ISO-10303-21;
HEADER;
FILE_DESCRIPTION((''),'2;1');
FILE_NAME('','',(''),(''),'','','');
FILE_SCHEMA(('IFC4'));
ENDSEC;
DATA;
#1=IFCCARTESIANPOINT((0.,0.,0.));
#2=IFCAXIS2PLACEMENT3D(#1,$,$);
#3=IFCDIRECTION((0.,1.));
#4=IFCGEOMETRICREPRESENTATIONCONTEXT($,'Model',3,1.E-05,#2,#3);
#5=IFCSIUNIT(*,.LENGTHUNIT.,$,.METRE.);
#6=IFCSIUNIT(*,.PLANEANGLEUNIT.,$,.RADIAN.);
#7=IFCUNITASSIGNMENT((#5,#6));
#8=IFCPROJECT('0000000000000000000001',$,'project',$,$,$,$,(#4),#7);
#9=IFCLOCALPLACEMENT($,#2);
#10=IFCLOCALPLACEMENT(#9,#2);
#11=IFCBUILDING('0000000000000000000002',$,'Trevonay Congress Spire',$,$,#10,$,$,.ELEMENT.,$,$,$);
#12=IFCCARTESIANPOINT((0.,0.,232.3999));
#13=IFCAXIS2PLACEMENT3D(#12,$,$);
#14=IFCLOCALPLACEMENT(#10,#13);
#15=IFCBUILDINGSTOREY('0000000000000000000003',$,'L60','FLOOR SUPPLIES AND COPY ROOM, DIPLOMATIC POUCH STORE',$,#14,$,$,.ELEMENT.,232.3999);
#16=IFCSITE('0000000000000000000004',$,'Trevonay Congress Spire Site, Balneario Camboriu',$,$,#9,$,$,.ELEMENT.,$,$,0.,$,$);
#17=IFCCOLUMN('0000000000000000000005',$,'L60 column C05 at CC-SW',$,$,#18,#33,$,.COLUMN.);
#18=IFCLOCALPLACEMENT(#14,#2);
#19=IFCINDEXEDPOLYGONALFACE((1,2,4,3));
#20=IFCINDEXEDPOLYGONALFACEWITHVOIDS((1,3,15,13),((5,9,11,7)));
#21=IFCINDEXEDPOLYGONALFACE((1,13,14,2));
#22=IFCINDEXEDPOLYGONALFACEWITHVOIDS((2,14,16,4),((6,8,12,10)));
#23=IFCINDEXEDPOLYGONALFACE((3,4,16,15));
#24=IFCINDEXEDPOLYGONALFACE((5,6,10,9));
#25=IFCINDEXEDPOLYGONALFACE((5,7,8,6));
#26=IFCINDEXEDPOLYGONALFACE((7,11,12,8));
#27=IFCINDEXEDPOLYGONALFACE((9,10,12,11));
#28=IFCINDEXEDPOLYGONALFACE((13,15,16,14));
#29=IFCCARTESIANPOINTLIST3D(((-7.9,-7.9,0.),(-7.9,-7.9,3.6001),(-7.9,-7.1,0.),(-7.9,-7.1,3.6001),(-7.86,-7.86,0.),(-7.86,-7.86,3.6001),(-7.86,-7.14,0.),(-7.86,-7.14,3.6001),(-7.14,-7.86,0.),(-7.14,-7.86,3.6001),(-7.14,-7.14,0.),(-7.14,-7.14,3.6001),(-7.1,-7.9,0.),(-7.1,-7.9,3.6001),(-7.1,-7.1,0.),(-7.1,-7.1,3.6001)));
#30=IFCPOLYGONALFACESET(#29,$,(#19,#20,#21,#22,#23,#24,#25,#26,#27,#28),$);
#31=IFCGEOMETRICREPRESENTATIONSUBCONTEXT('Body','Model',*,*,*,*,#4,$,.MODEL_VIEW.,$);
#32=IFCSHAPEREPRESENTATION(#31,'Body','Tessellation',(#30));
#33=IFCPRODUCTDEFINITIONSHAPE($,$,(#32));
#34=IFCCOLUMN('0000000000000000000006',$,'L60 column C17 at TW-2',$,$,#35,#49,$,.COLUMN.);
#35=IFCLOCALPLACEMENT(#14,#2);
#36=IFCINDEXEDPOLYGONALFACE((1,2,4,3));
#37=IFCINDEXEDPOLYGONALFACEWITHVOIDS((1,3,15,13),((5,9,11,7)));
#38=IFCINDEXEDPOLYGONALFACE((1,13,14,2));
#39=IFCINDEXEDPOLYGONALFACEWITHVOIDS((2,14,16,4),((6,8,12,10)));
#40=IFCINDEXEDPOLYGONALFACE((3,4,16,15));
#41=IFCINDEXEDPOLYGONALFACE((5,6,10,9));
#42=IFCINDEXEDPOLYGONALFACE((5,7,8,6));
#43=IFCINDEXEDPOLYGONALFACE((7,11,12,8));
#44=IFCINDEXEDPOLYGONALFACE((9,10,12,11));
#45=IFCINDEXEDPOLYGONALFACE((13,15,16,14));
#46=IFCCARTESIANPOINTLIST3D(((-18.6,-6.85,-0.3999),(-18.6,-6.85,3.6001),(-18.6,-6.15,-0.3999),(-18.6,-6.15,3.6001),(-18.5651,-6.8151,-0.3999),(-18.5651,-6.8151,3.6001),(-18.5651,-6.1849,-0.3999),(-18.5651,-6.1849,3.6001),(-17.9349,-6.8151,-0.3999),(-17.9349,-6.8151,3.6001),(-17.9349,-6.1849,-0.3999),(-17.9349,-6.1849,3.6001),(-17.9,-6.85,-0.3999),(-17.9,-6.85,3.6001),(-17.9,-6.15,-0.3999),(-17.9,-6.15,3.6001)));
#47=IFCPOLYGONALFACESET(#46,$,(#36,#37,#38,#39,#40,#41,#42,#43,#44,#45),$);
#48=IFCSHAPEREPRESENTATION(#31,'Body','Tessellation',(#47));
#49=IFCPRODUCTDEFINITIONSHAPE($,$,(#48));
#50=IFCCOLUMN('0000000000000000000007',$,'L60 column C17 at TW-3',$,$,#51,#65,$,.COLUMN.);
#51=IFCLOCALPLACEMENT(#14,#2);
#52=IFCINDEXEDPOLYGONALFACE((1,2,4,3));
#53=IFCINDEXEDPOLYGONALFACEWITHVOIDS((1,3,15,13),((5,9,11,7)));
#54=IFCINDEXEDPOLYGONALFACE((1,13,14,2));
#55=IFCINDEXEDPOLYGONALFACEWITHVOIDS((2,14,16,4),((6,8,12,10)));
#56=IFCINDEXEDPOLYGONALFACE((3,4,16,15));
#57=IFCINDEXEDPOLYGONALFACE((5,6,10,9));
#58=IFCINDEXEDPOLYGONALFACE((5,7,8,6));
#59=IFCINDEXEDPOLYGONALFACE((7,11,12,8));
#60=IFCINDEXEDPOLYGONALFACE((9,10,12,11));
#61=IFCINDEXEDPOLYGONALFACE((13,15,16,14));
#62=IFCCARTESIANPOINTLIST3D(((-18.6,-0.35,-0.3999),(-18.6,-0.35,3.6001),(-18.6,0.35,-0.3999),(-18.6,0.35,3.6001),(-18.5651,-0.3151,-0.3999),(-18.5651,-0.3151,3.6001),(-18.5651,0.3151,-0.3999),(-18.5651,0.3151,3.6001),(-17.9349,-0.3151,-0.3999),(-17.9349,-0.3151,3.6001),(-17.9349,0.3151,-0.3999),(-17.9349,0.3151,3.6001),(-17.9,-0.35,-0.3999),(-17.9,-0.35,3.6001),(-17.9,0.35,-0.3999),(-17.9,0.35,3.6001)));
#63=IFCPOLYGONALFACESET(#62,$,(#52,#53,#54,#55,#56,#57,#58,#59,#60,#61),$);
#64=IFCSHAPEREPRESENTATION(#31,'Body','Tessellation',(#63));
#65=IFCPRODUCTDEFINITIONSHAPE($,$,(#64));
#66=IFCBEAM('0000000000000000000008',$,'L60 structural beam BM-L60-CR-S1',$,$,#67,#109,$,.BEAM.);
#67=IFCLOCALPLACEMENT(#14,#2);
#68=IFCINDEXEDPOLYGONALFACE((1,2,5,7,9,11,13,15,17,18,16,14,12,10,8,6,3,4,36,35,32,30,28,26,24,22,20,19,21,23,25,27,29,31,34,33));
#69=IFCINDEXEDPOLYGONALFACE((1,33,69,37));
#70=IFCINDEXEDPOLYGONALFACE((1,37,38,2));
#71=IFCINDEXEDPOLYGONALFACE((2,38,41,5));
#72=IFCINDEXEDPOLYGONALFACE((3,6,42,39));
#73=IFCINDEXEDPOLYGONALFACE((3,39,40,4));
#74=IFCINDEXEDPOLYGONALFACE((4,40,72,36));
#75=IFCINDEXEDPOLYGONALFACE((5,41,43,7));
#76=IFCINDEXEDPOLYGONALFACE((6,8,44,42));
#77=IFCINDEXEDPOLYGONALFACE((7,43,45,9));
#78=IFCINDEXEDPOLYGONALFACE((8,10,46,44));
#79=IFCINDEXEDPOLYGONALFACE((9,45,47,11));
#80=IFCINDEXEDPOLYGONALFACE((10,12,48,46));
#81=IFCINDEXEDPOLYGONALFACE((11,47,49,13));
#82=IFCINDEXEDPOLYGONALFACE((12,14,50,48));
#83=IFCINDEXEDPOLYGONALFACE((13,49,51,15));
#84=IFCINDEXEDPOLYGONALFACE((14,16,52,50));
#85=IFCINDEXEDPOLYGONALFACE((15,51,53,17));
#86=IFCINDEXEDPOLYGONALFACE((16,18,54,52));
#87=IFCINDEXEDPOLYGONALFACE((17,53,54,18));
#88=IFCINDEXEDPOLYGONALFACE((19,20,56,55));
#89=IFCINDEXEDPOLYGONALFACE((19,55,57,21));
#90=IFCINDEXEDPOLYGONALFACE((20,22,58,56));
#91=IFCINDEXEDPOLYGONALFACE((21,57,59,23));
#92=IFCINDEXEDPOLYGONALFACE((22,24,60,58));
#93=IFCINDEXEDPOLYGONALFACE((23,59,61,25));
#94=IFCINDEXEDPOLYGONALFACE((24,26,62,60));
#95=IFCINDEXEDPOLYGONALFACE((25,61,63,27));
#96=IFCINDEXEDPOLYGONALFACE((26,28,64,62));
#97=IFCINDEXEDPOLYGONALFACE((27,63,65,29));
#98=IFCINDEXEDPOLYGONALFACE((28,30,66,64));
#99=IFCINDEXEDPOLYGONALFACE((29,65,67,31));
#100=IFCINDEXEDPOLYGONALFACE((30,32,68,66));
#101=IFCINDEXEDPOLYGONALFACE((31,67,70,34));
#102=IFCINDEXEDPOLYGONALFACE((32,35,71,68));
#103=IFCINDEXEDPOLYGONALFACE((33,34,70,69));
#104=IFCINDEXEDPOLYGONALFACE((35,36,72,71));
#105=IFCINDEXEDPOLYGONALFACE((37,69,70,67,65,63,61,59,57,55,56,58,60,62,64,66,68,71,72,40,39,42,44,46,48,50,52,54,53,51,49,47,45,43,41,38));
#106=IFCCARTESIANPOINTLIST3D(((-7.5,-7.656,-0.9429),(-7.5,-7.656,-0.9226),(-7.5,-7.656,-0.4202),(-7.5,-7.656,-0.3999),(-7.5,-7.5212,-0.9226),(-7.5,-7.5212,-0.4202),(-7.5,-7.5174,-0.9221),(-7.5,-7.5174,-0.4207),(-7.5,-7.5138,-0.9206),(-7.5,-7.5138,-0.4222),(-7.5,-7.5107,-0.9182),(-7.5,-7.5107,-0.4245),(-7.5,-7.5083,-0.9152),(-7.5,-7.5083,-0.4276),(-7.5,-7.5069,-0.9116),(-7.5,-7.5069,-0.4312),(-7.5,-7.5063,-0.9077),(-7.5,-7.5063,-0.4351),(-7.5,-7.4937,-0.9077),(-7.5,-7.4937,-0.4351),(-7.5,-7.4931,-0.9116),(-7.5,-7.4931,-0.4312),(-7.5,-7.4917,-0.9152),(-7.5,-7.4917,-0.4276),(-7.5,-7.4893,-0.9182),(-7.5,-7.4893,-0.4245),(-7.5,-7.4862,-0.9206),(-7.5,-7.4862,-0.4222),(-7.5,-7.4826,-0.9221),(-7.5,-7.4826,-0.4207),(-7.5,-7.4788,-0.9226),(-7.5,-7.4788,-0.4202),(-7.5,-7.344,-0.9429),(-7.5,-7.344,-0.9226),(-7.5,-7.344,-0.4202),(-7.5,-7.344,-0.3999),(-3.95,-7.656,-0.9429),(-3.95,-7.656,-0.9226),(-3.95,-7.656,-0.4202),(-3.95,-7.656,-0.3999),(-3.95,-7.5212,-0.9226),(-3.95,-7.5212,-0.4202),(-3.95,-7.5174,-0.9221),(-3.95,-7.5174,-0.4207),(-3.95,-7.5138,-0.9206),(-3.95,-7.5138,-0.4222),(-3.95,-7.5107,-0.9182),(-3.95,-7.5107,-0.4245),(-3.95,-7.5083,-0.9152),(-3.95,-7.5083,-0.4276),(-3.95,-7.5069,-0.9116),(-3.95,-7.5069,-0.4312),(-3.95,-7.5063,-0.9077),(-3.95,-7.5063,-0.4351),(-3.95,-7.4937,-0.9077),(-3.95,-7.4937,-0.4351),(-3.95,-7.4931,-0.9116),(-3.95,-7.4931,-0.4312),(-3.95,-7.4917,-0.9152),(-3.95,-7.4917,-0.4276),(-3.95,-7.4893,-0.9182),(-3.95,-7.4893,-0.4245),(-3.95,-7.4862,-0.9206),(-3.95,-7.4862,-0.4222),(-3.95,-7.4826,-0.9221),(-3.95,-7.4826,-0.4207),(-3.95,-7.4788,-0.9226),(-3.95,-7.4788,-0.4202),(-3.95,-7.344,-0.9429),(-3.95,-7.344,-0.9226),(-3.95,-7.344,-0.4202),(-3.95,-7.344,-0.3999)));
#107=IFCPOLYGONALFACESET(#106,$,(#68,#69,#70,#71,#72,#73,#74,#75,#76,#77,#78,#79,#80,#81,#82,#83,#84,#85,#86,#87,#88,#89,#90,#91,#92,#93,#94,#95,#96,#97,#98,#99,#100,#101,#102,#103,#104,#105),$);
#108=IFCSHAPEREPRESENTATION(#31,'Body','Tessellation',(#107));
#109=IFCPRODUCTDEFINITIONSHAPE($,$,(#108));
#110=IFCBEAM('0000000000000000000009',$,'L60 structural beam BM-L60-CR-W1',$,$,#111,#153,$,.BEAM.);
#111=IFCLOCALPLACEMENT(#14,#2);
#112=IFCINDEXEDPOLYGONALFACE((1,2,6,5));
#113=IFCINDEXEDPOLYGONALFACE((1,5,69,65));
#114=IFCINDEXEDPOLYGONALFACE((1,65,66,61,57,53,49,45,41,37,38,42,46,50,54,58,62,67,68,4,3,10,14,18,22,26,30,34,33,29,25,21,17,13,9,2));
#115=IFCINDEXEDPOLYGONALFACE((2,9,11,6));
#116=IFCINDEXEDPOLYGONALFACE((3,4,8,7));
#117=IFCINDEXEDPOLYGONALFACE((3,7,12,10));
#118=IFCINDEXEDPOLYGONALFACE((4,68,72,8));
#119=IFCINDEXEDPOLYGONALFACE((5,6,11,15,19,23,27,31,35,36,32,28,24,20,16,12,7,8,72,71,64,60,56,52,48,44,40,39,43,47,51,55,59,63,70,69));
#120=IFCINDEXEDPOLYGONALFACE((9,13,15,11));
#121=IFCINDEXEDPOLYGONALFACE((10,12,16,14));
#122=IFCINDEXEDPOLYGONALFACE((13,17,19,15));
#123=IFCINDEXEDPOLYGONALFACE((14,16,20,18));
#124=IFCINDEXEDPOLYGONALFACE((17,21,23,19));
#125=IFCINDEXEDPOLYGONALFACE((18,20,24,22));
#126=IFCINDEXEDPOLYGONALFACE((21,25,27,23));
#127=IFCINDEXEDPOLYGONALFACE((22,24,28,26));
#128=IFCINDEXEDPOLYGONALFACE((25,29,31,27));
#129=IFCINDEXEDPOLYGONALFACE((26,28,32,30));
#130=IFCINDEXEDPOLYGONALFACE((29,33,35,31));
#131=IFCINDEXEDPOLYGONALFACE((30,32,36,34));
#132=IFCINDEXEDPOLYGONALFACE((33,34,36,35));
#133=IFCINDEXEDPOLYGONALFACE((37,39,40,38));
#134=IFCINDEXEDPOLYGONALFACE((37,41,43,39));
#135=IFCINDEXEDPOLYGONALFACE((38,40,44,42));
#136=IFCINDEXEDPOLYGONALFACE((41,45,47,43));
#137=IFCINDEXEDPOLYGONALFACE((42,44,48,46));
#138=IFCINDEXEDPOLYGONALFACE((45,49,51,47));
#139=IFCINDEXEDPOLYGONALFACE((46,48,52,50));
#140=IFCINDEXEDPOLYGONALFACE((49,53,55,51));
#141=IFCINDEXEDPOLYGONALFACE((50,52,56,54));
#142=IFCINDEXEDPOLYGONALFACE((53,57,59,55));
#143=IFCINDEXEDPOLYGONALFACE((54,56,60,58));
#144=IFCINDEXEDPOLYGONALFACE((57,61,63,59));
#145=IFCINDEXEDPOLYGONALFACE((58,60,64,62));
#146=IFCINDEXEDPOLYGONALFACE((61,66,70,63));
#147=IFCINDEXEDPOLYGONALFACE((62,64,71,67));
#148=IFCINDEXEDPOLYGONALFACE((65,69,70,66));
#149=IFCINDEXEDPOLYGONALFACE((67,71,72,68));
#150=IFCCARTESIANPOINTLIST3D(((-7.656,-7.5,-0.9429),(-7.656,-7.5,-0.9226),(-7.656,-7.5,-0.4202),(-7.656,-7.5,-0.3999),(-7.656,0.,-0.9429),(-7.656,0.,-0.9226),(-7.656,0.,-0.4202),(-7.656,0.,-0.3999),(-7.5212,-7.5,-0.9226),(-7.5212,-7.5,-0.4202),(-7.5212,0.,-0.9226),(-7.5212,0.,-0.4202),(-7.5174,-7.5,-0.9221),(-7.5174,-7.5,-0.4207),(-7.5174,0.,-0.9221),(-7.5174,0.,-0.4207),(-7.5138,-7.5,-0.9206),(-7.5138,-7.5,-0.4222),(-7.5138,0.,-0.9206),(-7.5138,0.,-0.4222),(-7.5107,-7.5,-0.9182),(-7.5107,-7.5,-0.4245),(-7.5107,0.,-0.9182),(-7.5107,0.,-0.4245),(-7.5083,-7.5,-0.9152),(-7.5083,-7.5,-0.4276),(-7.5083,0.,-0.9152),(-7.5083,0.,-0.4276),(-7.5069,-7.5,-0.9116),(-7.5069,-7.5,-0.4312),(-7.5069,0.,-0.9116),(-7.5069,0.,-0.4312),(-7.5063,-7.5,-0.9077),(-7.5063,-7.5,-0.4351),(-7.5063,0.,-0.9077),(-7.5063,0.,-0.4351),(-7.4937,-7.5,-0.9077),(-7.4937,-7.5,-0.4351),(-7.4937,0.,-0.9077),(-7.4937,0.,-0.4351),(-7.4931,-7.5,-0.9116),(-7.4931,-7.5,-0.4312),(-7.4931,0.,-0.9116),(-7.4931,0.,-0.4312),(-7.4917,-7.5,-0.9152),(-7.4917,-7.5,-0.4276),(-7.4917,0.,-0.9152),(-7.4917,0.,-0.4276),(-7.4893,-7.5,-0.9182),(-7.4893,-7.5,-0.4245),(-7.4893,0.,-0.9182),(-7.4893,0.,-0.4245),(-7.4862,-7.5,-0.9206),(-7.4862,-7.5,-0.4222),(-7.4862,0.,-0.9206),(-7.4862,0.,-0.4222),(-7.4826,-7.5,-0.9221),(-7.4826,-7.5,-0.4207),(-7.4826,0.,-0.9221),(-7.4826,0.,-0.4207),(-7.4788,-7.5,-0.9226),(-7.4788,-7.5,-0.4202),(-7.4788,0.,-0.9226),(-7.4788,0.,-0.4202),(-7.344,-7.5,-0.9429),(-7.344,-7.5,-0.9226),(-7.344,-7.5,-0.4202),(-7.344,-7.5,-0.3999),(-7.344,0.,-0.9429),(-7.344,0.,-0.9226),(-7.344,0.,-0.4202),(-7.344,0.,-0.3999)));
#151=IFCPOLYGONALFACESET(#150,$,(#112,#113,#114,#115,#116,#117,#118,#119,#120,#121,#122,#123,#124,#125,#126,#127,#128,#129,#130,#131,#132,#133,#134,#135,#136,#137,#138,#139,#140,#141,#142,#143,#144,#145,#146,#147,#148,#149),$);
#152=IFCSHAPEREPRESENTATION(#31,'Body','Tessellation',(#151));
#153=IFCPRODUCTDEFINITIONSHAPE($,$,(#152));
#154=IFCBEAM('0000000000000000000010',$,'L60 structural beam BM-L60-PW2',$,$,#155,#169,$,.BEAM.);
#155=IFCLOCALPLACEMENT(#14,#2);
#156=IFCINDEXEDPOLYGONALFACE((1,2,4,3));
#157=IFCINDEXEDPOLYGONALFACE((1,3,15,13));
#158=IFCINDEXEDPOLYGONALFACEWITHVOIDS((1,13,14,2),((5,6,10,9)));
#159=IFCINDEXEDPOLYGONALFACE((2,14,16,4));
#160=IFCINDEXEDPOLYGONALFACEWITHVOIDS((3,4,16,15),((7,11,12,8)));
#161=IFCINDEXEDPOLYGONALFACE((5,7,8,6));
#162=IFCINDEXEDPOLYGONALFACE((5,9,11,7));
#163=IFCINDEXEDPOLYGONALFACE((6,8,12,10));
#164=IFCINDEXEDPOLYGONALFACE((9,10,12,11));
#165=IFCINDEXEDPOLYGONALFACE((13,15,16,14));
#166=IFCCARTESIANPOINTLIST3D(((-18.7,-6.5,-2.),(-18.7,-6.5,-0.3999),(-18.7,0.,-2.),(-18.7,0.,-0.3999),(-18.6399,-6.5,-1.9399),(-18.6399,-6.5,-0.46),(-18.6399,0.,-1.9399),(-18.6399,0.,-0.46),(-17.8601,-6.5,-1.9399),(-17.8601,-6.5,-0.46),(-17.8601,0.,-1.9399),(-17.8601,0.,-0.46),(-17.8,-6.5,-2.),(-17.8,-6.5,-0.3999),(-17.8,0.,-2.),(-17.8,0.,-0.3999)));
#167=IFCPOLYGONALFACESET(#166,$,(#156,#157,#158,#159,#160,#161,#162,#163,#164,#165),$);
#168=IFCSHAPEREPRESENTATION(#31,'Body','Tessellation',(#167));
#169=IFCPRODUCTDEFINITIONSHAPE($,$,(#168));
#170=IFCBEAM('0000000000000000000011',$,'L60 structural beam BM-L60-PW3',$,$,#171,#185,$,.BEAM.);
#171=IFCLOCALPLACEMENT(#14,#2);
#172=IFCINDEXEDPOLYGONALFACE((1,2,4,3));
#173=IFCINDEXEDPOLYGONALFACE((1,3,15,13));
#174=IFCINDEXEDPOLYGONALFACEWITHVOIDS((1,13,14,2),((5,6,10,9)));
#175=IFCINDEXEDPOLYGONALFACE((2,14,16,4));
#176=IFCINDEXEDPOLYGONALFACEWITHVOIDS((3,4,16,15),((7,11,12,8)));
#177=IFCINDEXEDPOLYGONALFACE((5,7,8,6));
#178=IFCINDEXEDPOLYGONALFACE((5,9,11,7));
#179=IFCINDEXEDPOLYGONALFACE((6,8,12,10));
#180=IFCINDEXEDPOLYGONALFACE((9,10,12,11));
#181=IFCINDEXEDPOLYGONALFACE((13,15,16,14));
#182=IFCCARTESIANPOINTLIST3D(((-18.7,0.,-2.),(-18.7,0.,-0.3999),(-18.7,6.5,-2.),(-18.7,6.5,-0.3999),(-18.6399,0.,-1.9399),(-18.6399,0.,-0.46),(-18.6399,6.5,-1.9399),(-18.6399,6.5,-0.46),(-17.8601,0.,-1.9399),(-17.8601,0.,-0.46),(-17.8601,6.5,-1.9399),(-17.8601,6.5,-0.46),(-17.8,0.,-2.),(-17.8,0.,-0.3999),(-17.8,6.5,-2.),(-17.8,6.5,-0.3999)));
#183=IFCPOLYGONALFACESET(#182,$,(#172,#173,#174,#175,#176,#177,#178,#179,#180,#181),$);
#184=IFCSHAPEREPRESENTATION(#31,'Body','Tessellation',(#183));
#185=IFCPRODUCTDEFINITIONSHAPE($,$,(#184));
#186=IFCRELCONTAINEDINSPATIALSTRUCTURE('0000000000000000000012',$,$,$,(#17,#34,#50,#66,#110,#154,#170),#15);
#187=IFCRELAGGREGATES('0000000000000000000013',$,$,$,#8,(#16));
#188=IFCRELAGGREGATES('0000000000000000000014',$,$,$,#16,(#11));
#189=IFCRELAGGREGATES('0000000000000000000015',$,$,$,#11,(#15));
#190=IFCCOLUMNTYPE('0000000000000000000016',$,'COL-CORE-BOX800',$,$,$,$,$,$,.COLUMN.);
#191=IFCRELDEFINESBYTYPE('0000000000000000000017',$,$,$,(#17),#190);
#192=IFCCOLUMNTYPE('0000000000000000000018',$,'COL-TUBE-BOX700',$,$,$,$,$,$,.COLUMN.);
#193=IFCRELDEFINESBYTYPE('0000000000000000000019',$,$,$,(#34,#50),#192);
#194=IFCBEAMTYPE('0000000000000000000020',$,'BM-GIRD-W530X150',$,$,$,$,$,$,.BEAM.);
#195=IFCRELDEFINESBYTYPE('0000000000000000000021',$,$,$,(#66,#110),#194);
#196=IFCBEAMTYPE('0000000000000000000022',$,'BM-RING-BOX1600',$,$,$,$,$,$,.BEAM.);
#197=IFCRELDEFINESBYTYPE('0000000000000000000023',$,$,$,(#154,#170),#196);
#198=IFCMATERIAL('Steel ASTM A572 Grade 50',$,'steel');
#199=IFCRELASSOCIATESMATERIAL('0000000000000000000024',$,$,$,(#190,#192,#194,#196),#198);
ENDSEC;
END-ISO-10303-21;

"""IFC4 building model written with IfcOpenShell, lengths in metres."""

from ifc_helpers import new_model, si_unit, direction, frame, origin, origin_2d, place, context, subcontext, project, spatial, hollow_rectangle, i_section, extrude, material, material_profile, profile_set, type_object, element, save


model = new_model("IFC4")

# Units and contexts
model_context = context("Model", 3, precision=1e-05, world=origin(), true_north=direction((0.0, 1.0)))
body_context = subcontext(model_context, "Body", "Model", "MODEL_VIEW")
ifc_project = project(units=[si_unit("LENGTHUNIT", "METRE"), si_unit("PLANEANGLEUNIT", "RADIAN")], contexts=[model_context])

# Site, building, storey
site_placement = place(None, origin())
site = spatial("IfcSite", under=ifc_project, at=site_placement, Name="Trevonay Congress Spire Site, Balneario Camboriu", CompositionType="ELEMENT", RefElevation=0.0)
building_placement = place(site_placement, origin())
building = spatial("IfcBuilding", under=site, at=building_placement, Name="Trevonay Congress Spire", CompositionType="ELEMENT")
storey_placement = place(building_placement, frame((0.0, 0.0, 232.3999)))
storey = spatial("IfcBuildingStorey", under=building, at=storey_placement, Name="L60", Description="FLOOR SUPPLIES AND COPY ROOM, DIPLOMATIC POUCH STORE", CompositionType="ELEMENT", Elevation=232.3999)

# Columns
ifc_material_1 = material(Name="Steel ASTM A572 Grade 50", Category="steel")
ifc_material_profile_1 = material_profile(ifc_material_1, hollow_rectangle(XDim=0.8, YDim=0.8, WallThickness=0.04, at=origin_2d()), Name="BOX 800x800x40")
ifc_profile_set_1 = profile_set([ifc_material_profile_1], Name="Steel ASTM A572 Grade 50")
column_type_1 = type_object("IfcColumnType", Name="COL-CORE-BOX800", PredefinedType="COLUMN", material=ifc_profile_set_1)
column_placement = place(storey_placement, frame((-7.5, -7.5, 0.0), z_axis=(0.0, 0.0, 1.0), x_axis=(1.0, 0.0, 0.0)))
element("IfcColumn", 1, at=column_placement, inside=storey, type_object=column_type_1, Name="L60 column C05 at CC-SW", PredefinedType="COLUMN", context=body_context, shape_type="SweptSolid", body=[
    extrude(hollow_rectangle(XDim=0.8, YDim=0.8, WallThickness=0.04, at=origin_2d()), origin(), (0.0, 0.0, 1.0), 3.6001),
])
ifc_material_profile_2 = material_profile(ifc_material_1, hollow_rectangle(XDim=0.7, YDim=0.7, WallThickness=0.0349, at=origin_2d()), Name="BOX 700x700x35")
ifc_profile_set_2 = profile_set([ifc_material_profile_2], Name="Steel ASTM A572 Grade 50")
column_type_2 = type_object("IfcColumnType", Name="COL-TUBE-BOX700", PredefinedType="COLUMN", material=ifc_profile_set_2)
for number, where, z_axis, x_axis, name in (
    (2, (-18.25, -6.5, -0.3999), (0.0, 0.0, 1.0), (1.0, 0.0, 0.0), "L60 column C17 at TW-2"),
    (3, (-18.25, 0.0, -0.3999), (0.0, 0.0, 1.0), (1.0, 0.0, 0.0), "L60 column C17 at TW-3"),
):
    element("IfcColumn", number, at=place(storey_placement, frame(where, z_axis=z_axis, x_axis=x_axis)), inside=storey, type_object=column_type_2, Name=name, PredefinedType="COLUMN", context=body_context, shape_type="SweptSolid", body=[
        extrude(hollow_rectangle(XDim=0.7, YDim=0.7, WallThickness=0.0349, at=origin_2d()), origin(), (0.0, 0.0, 1.0), 4.0),
    ])

# Beams
ifc_material_profile_3 = material_profile(ifc_material_1, i_section(OverallWidth=0.312, OverallDepth=0.543, WebThickness=0.0127, FlangeThickness=0.0203, FilletRadius=0.0149, at=origin_2d()), Name="W530x150")
ifc_profile_set_3 = profile_set([ifc_material_profile_3], Name="Steel ASTM A572 Grade 50")
beam_type_1 = type_object("IfcBeamType", Name="BM-GIRD-W530X150", PredefinedType="BEAM", material=ifc_profile_set_3)
beam_1_placement = place(storey_placement, frame((-7.5, -7.5, -0.6714), z_axis=(1.0, 0.0, 0.0), x_axis=(0.0, 1.0, 0.0)))
element("IfcBeam", 4, at=beam_1_placement, inside=storey, type_object=beam_type_1, Name="L60 structural beam BM-L60-CR-S1", PredefinedType="BEAM", context=body_context, shape_type="SweptSolid", body=[
    extrude(i_section(OverallWidth=0.312, OverallDepth=0.543, WebThickness=0.0127, FlangeThickness=0.0203, FilletRadius=0.0149, at=origin_2d()), origin(), (0.0, 0.0, 1.0), 3.55),
])
beam_2_placement = place(storey_placement, frame((-7.5, -7.5, -0.6714), z_axis=(0.0, 1.0, 0.0), x_axis=(-1.0, 0.0, 0.0)))
element("IfcBeam", 5, at=beam_2_placement, inside=storey, type_object=beam_type_1, Name="L60 structural beam BM-L60-CR-W1", PredefinedType="BEAM", context=body_context, shape_type="SweptSolid", body=[
    extrude(i_section(OverallWidth=0.312, OverallDepth=0.543, WebThickness=0.0127, FlangeThickness=0.0203, FilletRadius=0.0149, at=origin_2d()), origin(), (0.0, 0.0, 1.0), 7.5),
])
ifc_material_profile_4 = material_profile(ifc_material_1, hollow_rectangle(XDim=0.8999, YDim=1.6001, WallThickness=0.0601, at=origin_2d()), Name="BOX 1600x900x60")
ifc_profile_set_4 = profile_set([ifc_material_profile_4], Name="Steel ASTM A572 Grade 50")
beam_type_2 = type_object("IfcBeamType", Name="BM-RING-BOX1600", PredefinedType="BEAM", material=ifc_profile_set_4)
for number, where, z_axis, x_axis, name in (
    (6, (-18.25, -6.5, -1.2), (0.0, 1.0, 0.0), (-1.0, 0.0, 0.0), "L60 structural beam BM-L60-PW2"),
    (7, (-18.25, 0.0, -1.2), (0.0, 1.0, 0.0), (-1.0, 0.0, 0.0), "L60 structural beam BM-L60-PW3"),
):
    element("IfcBeam", number, at=place(storey_placement, frame(where, z_axis=z_axis, x_axis=x_axis)), inside=storey, type_object=beam_type_2, Name=name, PredefinedType="BEAM", context=body_context, shape_type="SweptSolid", body=[
        extrude(hollow_rectangle(XDim=0.8999, YDim=1.6001, WallThickness=0.0601, at=origin_2d()), origin(), (0.0, 0.0, 1.0), 6.5),
    ])

save(model, "model.ifc")
